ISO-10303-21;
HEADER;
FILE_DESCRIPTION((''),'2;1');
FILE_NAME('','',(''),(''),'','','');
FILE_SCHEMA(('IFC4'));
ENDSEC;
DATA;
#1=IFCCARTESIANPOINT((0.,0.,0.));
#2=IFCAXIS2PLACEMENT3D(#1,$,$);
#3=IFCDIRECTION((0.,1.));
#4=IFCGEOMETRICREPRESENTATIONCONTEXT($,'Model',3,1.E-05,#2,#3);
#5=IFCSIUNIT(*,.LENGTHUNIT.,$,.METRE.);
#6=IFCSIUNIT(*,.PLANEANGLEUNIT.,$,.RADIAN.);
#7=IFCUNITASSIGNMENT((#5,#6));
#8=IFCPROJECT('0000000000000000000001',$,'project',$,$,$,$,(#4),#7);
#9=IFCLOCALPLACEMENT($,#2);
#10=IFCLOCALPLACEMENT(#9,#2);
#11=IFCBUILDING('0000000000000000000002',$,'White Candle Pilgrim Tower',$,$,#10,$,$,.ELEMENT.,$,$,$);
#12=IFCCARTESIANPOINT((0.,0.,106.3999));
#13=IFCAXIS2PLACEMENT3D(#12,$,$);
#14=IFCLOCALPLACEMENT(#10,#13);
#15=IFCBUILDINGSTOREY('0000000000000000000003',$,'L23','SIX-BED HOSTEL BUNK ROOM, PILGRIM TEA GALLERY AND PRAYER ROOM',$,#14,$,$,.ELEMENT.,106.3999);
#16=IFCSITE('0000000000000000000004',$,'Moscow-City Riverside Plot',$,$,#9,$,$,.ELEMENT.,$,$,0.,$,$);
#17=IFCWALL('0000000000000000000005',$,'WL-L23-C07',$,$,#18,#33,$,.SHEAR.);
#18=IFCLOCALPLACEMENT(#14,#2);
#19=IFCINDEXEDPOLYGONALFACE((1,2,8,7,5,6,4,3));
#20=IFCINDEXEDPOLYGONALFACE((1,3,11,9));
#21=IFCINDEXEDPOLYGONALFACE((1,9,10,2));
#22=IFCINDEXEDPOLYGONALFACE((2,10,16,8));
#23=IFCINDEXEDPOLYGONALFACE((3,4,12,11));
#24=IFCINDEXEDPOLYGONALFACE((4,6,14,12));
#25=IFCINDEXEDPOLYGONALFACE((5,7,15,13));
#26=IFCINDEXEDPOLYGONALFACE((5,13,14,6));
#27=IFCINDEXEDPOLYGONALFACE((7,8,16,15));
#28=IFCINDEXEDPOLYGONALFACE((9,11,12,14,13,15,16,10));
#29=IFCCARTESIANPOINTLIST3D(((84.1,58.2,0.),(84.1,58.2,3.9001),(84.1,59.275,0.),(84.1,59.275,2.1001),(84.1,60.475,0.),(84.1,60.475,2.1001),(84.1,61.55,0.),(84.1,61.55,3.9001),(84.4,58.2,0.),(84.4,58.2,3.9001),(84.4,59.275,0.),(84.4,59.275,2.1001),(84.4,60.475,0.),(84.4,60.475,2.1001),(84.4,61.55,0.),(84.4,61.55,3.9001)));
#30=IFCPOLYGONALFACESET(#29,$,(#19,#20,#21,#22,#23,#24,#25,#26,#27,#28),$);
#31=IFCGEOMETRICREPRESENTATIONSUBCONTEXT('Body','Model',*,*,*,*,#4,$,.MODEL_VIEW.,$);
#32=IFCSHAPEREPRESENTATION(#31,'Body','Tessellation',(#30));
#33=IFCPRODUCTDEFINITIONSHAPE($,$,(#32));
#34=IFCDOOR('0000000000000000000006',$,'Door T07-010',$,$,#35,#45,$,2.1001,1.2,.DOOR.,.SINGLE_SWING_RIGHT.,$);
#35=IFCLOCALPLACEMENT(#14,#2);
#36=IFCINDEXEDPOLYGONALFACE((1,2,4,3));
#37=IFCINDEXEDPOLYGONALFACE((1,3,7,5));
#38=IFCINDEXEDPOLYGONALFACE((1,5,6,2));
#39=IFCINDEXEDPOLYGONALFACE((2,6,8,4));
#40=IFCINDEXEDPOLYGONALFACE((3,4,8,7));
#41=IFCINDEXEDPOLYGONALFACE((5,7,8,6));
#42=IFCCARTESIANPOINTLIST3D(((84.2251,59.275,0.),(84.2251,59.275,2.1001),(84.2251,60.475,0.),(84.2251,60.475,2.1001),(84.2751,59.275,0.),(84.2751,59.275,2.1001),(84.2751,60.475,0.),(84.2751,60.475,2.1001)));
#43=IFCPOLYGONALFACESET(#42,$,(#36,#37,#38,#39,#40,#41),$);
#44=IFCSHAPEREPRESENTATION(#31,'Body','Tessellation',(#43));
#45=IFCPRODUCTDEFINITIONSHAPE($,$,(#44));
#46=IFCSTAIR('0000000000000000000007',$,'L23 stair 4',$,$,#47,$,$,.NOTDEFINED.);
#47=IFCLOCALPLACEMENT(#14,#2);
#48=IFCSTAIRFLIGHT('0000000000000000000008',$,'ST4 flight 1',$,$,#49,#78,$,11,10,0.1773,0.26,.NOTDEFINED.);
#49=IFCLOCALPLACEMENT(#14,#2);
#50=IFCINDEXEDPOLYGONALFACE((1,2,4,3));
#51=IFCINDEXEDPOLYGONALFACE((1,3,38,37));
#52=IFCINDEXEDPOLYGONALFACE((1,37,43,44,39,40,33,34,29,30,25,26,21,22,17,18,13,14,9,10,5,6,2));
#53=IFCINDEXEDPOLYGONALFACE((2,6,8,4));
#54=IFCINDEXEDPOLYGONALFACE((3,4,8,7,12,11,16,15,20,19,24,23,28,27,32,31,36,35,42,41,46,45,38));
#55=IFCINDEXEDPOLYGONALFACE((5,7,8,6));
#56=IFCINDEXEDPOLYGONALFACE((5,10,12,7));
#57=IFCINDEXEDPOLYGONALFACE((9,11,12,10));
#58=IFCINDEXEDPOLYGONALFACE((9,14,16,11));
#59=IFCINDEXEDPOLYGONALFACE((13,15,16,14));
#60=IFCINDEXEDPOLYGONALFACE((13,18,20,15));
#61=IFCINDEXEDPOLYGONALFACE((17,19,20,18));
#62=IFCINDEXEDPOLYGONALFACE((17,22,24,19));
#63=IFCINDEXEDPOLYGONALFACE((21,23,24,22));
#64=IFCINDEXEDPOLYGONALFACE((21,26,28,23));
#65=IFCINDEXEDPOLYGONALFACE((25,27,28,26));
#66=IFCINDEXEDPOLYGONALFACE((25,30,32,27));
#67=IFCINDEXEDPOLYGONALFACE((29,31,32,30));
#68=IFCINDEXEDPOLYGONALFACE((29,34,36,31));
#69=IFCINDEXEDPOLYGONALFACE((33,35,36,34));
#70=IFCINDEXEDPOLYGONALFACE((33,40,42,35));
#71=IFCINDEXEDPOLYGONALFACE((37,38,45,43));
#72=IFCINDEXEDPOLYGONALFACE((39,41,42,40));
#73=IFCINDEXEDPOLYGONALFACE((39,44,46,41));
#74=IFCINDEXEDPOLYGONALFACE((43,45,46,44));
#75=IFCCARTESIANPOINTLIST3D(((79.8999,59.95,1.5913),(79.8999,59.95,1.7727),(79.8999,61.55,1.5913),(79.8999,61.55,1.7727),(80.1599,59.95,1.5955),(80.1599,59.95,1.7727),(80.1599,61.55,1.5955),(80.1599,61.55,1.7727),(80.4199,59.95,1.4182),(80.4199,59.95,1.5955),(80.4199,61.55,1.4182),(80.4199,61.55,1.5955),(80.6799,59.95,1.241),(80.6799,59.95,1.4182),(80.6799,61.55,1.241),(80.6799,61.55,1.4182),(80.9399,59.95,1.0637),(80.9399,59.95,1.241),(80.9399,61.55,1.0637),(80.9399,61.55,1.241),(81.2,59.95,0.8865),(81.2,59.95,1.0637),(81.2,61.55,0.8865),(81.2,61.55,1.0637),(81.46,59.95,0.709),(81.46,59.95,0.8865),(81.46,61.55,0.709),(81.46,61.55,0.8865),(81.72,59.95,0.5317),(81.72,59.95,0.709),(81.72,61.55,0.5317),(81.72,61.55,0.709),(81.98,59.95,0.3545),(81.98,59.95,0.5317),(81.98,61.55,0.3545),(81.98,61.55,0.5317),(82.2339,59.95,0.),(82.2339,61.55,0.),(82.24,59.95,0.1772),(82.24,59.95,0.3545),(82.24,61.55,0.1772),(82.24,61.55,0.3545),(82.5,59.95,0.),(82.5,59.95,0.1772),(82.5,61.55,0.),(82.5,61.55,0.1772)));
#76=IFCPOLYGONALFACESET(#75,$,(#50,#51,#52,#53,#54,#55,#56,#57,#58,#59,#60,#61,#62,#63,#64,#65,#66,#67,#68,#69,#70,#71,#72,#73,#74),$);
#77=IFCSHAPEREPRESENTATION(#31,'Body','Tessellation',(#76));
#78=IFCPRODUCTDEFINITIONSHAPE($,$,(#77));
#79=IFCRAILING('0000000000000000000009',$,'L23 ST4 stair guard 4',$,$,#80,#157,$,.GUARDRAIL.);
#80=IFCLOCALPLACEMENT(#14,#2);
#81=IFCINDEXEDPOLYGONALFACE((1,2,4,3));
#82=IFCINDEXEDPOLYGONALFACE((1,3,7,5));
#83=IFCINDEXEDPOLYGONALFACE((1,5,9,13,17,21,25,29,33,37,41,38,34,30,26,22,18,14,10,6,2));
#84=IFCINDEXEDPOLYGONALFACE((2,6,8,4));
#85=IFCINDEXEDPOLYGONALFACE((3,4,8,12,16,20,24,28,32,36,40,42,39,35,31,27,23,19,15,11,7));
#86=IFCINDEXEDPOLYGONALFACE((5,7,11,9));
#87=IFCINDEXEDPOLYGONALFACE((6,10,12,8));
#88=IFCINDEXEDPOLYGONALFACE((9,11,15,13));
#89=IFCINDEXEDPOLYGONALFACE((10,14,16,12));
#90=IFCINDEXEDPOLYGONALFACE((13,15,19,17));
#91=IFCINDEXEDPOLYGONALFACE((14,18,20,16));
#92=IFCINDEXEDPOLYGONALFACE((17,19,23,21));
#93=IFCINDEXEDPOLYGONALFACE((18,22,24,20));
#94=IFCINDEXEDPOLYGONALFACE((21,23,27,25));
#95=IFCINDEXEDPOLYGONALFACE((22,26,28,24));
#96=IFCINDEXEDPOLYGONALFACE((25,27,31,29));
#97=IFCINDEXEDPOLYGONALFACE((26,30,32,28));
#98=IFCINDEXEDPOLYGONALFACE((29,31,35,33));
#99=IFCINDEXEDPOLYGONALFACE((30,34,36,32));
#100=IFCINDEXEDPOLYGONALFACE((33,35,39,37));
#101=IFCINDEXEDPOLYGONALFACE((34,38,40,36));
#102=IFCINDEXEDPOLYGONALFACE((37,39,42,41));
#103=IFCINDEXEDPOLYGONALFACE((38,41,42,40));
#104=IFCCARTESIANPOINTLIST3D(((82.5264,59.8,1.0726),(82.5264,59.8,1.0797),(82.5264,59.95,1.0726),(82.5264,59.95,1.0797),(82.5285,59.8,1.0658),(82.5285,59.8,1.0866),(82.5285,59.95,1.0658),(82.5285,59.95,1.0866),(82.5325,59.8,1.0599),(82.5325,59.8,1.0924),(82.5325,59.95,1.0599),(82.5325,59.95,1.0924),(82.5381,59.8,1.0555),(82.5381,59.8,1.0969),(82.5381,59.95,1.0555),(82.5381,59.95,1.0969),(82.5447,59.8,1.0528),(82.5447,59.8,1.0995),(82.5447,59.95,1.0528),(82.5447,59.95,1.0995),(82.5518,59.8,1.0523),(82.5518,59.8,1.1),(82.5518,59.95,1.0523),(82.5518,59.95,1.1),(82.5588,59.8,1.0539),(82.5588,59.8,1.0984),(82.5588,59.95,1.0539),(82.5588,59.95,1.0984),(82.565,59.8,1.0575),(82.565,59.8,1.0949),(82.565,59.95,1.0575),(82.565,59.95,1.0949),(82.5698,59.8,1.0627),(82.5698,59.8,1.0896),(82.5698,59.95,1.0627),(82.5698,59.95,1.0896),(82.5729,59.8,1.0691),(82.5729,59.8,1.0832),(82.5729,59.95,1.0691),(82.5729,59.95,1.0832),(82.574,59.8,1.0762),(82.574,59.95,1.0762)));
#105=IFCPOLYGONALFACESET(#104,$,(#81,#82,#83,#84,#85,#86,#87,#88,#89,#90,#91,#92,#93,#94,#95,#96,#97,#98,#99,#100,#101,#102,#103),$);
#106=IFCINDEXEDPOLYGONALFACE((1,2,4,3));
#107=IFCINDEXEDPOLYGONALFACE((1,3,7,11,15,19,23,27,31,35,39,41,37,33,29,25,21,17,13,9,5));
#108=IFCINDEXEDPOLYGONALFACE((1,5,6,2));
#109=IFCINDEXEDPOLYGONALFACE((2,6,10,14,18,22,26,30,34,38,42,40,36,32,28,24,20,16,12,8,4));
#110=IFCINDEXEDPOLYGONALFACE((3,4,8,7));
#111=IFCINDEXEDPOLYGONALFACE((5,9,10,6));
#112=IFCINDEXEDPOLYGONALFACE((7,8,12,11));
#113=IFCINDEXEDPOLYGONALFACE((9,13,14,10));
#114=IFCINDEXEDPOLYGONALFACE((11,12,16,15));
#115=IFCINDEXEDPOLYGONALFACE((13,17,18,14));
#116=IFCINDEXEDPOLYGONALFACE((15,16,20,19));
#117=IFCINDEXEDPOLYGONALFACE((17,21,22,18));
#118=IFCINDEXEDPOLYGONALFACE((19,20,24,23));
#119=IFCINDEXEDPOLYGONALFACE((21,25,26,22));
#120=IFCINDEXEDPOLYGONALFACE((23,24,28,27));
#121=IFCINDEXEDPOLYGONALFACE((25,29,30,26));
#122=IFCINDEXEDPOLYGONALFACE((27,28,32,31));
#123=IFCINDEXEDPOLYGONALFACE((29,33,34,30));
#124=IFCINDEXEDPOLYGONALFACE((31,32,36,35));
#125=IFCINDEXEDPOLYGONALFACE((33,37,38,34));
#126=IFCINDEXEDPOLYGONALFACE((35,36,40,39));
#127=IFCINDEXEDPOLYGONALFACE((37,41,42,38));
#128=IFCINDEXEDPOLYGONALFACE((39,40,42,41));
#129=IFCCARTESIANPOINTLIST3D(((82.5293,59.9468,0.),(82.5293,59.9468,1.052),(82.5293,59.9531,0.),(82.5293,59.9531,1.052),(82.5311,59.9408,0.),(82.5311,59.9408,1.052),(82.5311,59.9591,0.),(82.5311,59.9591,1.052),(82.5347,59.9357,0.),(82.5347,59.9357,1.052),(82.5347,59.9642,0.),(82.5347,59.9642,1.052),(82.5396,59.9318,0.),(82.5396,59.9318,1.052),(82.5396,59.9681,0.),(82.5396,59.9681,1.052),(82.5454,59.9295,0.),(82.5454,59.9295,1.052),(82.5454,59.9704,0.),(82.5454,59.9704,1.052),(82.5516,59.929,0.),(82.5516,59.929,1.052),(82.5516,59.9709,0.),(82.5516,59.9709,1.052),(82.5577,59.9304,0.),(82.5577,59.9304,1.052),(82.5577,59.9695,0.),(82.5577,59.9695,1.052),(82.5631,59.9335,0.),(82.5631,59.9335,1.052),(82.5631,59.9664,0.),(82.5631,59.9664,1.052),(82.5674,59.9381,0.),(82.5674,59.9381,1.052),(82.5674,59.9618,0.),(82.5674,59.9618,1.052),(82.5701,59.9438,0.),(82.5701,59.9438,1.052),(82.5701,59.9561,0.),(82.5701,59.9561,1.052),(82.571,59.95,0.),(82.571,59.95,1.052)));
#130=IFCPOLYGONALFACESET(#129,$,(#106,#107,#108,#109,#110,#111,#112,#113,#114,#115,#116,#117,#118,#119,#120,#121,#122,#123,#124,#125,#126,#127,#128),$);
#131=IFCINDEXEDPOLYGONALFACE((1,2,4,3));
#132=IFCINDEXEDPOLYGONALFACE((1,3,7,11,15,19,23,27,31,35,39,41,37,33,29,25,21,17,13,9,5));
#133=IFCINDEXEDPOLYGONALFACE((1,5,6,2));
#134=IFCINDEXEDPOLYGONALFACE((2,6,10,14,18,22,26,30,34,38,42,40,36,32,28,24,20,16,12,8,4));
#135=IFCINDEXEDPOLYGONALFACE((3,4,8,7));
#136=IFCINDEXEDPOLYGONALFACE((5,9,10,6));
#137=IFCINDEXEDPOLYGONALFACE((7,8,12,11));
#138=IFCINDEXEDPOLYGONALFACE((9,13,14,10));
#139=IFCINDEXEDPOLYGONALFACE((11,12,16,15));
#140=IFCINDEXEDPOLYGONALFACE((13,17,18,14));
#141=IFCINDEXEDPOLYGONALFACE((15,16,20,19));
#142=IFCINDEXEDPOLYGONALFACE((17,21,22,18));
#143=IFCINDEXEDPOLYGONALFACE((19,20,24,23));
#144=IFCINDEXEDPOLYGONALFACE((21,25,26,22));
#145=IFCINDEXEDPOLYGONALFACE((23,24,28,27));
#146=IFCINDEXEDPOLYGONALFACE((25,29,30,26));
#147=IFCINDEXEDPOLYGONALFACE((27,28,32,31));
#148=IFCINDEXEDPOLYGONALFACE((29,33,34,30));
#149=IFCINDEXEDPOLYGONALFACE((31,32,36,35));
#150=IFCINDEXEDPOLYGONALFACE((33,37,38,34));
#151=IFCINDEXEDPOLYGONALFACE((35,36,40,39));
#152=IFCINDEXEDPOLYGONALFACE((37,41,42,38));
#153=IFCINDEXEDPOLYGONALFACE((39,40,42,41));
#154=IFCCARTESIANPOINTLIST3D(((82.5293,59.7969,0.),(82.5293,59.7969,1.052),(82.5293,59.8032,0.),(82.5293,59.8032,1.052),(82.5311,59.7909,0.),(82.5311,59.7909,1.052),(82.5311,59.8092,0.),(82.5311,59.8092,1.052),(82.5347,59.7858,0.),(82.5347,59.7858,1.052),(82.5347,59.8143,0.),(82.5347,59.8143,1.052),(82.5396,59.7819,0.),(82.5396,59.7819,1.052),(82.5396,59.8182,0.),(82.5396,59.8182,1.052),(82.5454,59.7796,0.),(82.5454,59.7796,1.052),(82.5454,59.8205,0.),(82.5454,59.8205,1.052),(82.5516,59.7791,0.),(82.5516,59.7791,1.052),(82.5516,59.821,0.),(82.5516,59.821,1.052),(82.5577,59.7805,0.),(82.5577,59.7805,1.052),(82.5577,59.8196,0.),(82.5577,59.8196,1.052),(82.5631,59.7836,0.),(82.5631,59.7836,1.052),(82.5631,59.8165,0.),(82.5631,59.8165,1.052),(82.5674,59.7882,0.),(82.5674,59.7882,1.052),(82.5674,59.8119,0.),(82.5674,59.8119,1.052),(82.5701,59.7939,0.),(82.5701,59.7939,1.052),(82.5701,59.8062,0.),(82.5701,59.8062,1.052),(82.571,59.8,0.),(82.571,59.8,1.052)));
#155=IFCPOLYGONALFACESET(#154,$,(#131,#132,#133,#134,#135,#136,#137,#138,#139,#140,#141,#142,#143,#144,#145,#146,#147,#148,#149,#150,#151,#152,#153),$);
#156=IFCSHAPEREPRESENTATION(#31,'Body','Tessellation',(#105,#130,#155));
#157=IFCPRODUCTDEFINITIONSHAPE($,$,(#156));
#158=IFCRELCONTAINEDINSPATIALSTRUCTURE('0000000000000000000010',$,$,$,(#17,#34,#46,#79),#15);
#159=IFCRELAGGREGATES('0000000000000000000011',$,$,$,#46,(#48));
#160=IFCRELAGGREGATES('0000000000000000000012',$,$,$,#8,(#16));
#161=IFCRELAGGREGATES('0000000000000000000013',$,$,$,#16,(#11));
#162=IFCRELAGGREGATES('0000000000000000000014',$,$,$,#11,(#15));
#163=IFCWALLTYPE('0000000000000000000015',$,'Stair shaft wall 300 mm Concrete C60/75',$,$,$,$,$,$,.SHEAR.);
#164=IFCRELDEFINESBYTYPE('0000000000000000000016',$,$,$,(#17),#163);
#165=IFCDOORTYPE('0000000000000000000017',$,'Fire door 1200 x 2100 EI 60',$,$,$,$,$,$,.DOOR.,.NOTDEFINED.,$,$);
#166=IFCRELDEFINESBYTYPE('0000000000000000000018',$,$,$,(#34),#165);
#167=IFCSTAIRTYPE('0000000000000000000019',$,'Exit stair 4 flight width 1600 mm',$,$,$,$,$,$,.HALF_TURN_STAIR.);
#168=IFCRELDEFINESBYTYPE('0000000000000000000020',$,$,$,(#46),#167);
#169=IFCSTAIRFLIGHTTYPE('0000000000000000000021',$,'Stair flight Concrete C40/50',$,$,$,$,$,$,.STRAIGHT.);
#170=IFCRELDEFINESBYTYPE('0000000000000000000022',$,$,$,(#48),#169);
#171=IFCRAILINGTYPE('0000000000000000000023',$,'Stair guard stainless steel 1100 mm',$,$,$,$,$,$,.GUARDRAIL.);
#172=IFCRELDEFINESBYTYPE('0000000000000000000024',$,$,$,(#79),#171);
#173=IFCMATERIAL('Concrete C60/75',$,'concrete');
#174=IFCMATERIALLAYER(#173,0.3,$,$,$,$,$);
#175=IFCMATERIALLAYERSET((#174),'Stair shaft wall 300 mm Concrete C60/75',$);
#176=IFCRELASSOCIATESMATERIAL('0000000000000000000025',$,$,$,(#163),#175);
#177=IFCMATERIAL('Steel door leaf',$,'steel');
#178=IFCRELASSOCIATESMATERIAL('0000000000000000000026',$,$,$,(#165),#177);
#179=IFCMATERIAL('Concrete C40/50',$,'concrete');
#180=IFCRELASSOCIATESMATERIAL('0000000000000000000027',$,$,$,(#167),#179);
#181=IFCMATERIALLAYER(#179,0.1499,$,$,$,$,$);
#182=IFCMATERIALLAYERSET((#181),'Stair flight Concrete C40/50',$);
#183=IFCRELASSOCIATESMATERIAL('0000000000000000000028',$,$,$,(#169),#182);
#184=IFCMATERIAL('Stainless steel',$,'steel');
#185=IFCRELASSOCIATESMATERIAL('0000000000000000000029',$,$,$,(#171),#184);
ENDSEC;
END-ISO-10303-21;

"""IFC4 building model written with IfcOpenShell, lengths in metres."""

from ifc_helpers import new_model, si_unit, direction, frame, frame_2d, origin, origin_2d, place, context, subcontext, project, spatial, polyline, rectangle, circle, outline, extrude, material, layer, layer_set, type_object, element, fill, aggregate, save


model = new_model("IFC4")

# Units and contexts
model_context = context("Model", 3, precision=1e-05, world=origin(), true_north=direction((0.0, 1.0)))
body_context = subcontext(model_context, "Body", "Model", "MODEL_VIEW")
ifc_project = project(units=[si_unit("LENGTHUNIT", "METRE"), si_unit("PLANEANGLEUNIT", "RADIAN")], contexts=[model_context])

# Site, building, storey
site_placement = place(None, origin())
site = spatial("IfcSite", under=ifc_project, at=site_placement, Name="Moscow-City Riverside Plot", CompositionType="ELEMENT", RefElevation=0.0)
building_placement = place(site_placement, origin())
building = spatial("IfcBuilding", under=site, at=building_placement, Name="White Candle Pilgrim Tower", CompositionType="ELEMENT")
storey_placement = place(building_placement, frame((0.0, 0.0, 106.3999)))
storey = spatial("IfcBuildingStorey", under=building, at=storey_placement, Name="L23", Description="SIX-BED HOSTEL BUNK ROOM, PILGRIM TEA GALLERY AND PRAYER ROOM", CompositionType="ELEMENT", Elevation=106.3999)

# Shared definitions
ifc_material_1 = material(Name="Concrete C60/75", Category="concrete")

# Shared definitions
ifc_material_2 = material(Name="Steel door leaf", Category="steel")

# Wall, opening, door
ifc_layer_1 = layer(ifc_material_1, 0.3)
ifc_layer_set_1 = layer_set([ifc_layer_1], Name="Stair shaft wall 300 mm Concrete C60/75")
wall_type_1 = type_object("IfcWallType", Name="Stair shaft wall 300 mm Concrete C60/75", PredefinedType="SHEAR", material=ifc_layer_set_1)
wall_1_placement = place(storey_placement, frame((84.25, 58.2, 0.0), z_axis=(0.0, 0.0, 1.0), x_axis=(0.0, 1.0, 0.0)))
wall_1 = element("IfcWall", 1, at=wall_1_placement, inside=storey, type_object=wall_type_1, Name="WL-L23-C07", PredefinedType="SHEAR", context=body_context, shape_type="SweptSolid", body=[
    extrude(rectangle(XDim=3.3501, YDim=0.3, at=frame_2d((1.675, 0.0))), origin(), (0.0, 0.0, 1.0), 3.9001),
])
opening_1_placement = place(wall_1_placement, frame((1.075, 0.0, 0.0)))
opening_1 = element("IfcOpeningElement", 2, at=opening_1_placement, cuts=wall_1, PredefinedType="OPENING", context=body_context, shape_type="SweptSolid", body=[
    extrude(rectangle(XDim=1.2, YDim=2.1001, at=frame_2d((0.6001, 1.05))), frame((0.0, 0.1599, 0.0), z_axis=(0.0, -1.0, 0.0), x_axis=(1.0, 0.0, 0.0)), (0.0, 0.0, 1.0), 0.3201),
])
door_type_1 = type_object("IfcDoorType", Name="Fire door 1200 x 2100 EI 60", OperationType="NOTDEFINED", PredefinedType="DOOR", material=ifc_material_2)
door_1_placement = place(opening_1_placement, origin())
door_1 = element("IfcDoor", 3, at=door_1_placement, inside=storey, type_object=door_type_1, Name="Door T07-010", OperationType="SINGLE_SWING_RIGHT", OverallHeight=2.1001, OverallWidth=1.2, PredefinedType="DOOR", context=body_context, shape_type="SweptSolid", body=[
    extrude(rectangle(XDim=1.2, YDim=2.1001, at=frame_2d((0.6001, 1.05))), frame((0.0, 0.0249, 0.0), z_axis=(0.0, -1.0, 0.0), x_axis=(1.0, 0.0, 0.0)), (0.0, 0.0, 1.0), 0.05),
])
fill(opening_1, door_1)

# Stair, stair flight
ifc_material_3 = material(Name="Concrete C40/50", Category="concrete")
stair_type = type_object("IfcStairType", Name="Exit stair 4 flight width 1600 mm", PredefinedType="HALF_TURN_STAIR", material=ifc_material_3)
stair_placement = place(storey_placement, origin())
stair = element("IfcStair", 4, at=stair_placement, inside=storey, type_object=stair_type, Name="L23 stair 4", PredefinedType="NOTDEFINED")
ifc_layer_2 = layer(ifc_material_3, 0.1499)
ifc_layer_set_2 = layer_set([ifc_layer_2], Name="Stair flight Concrete C40/50")
stair_flight_type = type_object("IfcStairFlightType", Name="Stair flight Concrete C40/50", PredefinedType="STRAIGHT", material=ifc_layer_set_2)
stair_flight_placement = place(storey_placement, frame((82.5, 60.75, 0.0), z_axis=(0.0, 0.0, 1.0), x_axis=(-1.0, 0.0, 0.0)))
stair_flight = element("IfcStairFlight", 5, at=stair_flight_placement, type_object=stair_flight_type, Name="ST4 flight 1", NumberOfRisers=11, NumberOfTreads=10, PredefinedType="NOTDEFINED", RiserHeight=0.1773, TreadLength=0.26, context=body_context, shape_type="SweptSolid", body=[
    extrude(outline(polyline([(0.0, 0.0), (0.0, 0.1772), (0.26, 0.1772), (0.26, 0.3545), (0.52, 0.3545), (0.52, 0.5317), (0.78, 0.5317), (0.78, 0.709), (1.04, 0.709), (1.04, 0.8865), (1.3, 0.8865), (1.3, 1.0637), (1.5601, 1.0637), (1.5601, 1.241), (1.8201, 1.241), (1.8201, 1.4182), (2.0801, 1.4182), (2.0801, 1.5955), (2.3401, 1.5955), (2.3401, 1.7727), (2.6001, 1.7727), (2.6001, 1.95), (2.6001, 1.5913), (0.2661, 0.0), (0.0, 0.0)])), frame((0.0, 0.8, 0.0), z_axis=(0.0, -1.0, 0.0), x_axis=(1.0, 0.0, 0.0)), (0.0, 0.0, 1.0), 1.6001),
])
aggregate(stair, [stair_flight])

# Railing
ifc_material_4 = material(Name="Stainless steel", Category="steel")
railing_type_1 = type_object("IfcRailingType", Name="Stair guard stainless steel 1100 mm", PredefinedType="GUARDRAIL", material=ifc_material_4)
railing_1_placement = place(storey_placement, frame((82.55, 59.95, 0.0)))
element("IfcRailing", 6, at=railing_1_placement, inside=storey, type_object=railing_type_1, Name="L23 ST4 stair guard 4", PredefinedType="GUARDRAIL", context=body_context, shape_type="SweptSolid", body=[
    extrude(circle(Radius=0.0239, at=origin_2d()), frame((0.0, 0.0, 1.0762), z_axis=(0.0, -1.0, 0.0), x_axis=(1.0, 0.0, 0.0)), (0.0, 0.0, 1.0), 0.1499),
    extrude(circle(Radius=0.021, at=origin_2d()), origin(), (0.0, 0.0, 1.0), 1.052),
    extrude(circle(Radius=0.021, at=origin_2d()), frame((0.0, -0.1499, 0.0)), (0.0, 0.0, 1.0), 1.052),
])

save(model, "model.ifc")
